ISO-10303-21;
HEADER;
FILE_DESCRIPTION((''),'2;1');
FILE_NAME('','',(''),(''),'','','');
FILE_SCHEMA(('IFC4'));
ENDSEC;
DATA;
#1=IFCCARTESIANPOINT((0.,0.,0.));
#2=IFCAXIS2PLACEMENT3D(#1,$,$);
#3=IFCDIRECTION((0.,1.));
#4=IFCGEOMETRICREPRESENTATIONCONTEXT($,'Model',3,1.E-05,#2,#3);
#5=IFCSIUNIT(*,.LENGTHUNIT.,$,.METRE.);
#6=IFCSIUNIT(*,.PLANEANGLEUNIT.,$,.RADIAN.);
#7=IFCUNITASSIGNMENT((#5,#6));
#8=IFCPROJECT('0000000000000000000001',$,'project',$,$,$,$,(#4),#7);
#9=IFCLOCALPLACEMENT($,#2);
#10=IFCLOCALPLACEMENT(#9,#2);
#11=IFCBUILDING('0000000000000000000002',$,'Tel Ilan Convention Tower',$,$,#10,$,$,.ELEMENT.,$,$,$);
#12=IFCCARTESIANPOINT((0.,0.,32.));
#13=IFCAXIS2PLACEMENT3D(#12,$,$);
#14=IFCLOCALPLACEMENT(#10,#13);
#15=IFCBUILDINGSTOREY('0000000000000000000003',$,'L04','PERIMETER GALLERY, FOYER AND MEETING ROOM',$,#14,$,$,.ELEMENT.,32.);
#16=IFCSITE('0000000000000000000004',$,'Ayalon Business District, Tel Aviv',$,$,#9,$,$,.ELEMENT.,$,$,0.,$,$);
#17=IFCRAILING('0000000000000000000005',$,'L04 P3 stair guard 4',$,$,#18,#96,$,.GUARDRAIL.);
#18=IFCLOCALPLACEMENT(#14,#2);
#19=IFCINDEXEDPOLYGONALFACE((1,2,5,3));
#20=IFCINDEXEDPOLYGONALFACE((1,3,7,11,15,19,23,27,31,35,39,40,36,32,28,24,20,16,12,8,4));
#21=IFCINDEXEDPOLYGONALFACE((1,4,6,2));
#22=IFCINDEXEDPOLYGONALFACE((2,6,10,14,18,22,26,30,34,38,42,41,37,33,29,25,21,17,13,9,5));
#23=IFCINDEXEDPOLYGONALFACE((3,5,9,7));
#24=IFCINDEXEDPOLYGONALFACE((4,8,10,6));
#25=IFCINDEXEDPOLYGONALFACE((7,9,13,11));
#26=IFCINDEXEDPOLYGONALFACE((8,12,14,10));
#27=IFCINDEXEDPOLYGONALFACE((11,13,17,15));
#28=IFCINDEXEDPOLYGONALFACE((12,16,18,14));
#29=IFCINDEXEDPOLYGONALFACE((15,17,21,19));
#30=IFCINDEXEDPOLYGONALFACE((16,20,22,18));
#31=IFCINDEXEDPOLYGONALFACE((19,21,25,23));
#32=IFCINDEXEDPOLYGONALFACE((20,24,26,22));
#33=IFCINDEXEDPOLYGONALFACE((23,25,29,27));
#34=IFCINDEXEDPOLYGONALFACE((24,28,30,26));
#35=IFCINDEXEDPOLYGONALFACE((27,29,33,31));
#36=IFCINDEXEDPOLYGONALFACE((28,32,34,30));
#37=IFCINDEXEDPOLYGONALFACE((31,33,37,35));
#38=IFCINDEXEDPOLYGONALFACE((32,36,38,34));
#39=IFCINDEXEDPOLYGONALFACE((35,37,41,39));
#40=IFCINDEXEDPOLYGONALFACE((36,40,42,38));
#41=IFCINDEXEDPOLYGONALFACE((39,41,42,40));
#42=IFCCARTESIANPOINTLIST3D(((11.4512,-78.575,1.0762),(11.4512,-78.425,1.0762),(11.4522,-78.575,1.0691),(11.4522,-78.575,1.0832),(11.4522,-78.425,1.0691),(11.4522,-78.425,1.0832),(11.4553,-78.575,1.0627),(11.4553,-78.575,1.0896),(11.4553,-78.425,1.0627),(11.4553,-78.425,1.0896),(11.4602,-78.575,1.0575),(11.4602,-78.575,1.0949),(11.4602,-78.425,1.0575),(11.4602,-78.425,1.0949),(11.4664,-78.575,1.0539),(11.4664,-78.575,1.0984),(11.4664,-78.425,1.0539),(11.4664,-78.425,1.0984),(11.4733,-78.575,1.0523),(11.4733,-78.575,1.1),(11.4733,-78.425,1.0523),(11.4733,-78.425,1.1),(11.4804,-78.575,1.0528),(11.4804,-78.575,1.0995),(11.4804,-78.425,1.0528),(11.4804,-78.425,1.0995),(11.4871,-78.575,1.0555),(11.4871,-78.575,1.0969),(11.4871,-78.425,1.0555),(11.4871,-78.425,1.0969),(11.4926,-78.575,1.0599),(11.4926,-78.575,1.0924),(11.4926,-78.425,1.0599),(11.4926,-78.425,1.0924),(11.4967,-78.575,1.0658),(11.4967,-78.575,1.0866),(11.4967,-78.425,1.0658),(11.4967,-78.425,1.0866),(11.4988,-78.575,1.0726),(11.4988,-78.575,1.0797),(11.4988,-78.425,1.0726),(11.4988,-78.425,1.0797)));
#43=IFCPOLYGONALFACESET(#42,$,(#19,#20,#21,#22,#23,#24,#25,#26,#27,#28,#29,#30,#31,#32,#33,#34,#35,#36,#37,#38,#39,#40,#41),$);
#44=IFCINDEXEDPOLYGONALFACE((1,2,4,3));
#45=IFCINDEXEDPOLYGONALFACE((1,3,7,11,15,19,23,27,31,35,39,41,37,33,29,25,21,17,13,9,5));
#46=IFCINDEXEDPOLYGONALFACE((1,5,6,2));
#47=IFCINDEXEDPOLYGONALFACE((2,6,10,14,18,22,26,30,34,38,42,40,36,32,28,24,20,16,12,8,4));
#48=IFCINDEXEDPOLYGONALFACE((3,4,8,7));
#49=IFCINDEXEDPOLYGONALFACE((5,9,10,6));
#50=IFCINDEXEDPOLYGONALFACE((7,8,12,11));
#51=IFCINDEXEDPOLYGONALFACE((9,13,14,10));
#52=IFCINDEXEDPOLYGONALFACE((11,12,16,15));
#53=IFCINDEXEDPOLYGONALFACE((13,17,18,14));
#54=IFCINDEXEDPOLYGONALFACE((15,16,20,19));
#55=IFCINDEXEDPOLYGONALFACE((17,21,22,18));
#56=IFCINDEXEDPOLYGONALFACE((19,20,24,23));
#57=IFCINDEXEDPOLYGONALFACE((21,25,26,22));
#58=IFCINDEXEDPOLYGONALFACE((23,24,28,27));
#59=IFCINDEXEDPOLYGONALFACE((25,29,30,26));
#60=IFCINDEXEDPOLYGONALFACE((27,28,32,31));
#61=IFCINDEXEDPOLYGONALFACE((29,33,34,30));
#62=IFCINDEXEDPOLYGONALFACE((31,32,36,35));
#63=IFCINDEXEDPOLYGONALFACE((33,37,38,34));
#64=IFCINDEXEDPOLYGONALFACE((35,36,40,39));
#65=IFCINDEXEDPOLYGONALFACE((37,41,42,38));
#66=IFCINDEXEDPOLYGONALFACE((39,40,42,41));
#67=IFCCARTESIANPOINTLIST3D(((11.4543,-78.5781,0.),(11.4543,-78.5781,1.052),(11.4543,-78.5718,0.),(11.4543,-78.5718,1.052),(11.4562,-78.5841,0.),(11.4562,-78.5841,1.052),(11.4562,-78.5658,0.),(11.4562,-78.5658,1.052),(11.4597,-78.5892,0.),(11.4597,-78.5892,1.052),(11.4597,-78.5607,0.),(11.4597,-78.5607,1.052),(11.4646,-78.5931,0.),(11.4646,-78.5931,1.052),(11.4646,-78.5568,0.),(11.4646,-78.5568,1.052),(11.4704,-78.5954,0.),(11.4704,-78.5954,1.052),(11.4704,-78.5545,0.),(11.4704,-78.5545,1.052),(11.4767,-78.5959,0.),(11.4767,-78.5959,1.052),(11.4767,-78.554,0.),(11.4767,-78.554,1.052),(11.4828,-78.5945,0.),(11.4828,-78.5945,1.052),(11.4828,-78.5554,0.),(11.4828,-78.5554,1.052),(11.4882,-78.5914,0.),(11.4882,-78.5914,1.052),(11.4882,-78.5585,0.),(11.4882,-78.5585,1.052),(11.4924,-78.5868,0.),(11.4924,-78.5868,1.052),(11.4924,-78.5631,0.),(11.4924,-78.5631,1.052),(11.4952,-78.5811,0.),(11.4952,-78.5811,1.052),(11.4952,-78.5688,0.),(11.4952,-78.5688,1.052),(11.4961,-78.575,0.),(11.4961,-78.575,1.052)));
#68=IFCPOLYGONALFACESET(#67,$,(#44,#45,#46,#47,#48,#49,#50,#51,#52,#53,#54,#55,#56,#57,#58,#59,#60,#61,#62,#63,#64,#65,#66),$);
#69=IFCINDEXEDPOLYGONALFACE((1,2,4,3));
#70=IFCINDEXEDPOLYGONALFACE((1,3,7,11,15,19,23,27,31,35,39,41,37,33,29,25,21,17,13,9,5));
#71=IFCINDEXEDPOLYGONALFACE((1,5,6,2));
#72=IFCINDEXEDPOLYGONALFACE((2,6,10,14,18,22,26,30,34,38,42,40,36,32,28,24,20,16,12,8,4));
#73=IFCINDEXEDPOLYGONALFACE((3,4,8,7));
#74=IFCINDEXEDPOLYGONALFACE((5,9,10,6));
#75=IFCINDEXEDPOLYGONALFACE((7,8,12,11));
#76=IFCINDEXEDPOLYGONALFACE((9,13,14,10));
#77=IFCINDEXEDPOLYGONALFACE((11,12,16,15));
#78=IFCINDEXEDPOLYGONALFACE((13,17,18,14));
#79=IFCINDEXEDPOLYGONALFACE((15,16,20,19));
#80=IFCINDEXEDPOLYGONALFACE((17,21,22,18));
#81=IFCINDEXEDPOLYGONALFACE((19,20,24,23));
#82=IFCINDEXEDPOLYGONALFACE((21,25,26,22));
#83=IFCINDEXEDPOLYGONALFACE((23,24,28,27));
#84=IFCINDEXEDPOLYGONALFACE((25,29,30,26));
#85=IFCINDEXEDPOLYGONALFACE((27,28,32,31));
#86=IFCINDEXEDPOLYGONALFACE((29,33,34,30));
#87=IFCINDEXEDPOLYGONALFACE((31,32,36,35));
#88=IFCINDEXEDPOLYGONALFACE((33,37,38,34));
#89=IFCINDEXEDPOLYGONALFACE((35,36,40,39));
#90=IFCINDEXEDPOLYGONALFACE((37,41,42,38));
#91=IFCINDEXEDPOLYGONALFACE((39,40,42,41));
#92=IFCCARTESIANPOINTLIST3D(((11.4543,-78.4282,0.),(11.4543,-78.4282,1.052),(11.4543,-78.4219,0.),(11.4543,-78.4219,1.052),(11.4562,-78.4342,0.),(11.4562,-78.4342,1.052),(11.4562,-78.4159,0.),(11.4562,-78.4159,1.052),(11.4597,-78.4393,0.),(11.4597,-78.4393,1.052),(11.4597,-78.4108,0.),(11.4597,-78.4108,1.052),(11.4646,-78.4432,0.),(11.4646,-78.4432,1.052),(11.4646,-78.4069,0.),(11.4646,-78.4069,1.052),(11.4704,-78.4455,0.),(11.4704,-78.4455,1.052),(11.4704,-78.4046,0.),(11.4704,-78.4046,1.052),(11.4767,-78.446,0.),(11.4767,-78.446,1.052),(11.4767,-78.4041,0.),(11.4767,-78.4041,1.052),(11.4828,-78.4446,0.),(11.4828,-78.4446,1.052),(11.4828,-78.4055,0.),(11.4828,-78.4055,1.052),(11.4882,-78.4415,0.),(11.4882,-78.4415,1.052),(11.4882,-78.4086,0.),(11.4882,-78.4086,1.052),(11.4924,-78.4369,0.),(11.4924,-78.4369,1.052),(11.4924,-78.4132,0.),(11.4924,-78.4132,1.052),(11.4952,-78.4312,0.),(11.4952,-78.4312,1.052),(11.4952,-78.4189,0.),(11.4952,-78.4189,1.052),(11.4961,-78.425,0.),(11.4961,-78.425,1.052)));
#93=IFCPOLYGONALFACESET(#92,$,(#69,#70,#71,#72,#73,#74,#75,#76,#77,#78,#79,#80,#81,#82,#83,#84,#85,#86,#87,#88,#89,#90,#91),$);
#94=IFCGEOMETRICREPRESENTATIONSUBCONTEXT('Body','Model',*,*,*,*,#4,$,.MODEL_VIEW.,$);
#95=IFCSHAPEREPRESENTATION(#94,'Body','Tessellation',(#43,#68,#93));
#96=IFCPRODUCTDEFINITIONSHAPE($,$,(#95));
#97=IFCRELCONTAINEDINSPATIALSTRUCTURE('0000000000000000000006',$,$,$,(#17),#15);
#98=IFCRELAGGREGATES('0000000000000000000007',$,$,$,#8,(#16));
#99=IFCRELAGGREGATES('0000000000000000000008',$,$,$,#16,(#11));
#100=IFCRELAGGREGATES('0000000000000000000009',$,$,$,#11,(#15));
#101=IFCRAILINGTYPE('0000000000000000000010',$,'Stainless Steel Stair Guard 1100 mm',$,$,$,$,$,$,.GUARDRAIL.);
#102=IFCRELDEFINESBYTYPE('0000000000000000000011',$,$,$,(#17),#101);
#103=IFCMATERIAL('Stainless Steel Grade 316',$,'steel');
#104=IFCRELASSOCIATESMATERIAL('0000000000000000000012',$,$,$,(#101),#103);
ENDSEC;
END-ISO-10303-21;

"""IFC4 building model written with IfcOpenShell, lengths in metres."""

from ifc_helpers import new_model, si_unit, direction, frame, origin, origin_2d, place, context, subcontext, project, spatial, circle, extrude, material, type_object, element, save


model = new_model("IFC4")

# Units and contexts
model_context = context("Model", 3, precision=1e-05, world=origin(), true_north=direction((0.0, 1.0)))
body_context = subcontext(model_context, "Body", "Model", "MODEL_VIEW")
ifc_project = project(units=[si_unit("LENGTHUNIT", "METRE"), si_unit("PLANEANGLEUNIT", "RADIAN")], contexts=[model_context])

# Site, building, storey
site_placement = place(None, origin())
site = spatial("IfcSite", under=ifc_project, at=site_placement, Name="Ayalon Business District, Tel Aviv", CompositionType="ELEMENT", RefElevation=0.0)
building_placement = place(site_placement, origin())
building = spatial("IfcBuilding", under=site, at=building_placement, Name="Tel Ilan Convention Tower", CompositionType="ELEMENT")
storey_placement = place(building_placement, frame((0.0, 0.0, 32.0)))
storey = spatial("IfcBuildingStorey", under=building, at=storey_placement, Name="L04", Description="PERIMETER GALLERY, FOYER AND MEETING ROOM", CompositionType="ELEMENT", Elevation=32.0)

# Railing
ifc_material_1 = material(Name="Stainless Steel Grade 316", Category="steel")
railing_type_1 = type_object("IfcRailingType", Name="Stainless Steel Stair Guard 1100 mm", PredefinedType="GUARDRAIL", material=ifc_material_1)
railing_1_placement = place(storey_placement, frame((11.4751, -78.575, 0.0)))
element("IfcRailing", 1, at=railing_1_placement, inside=storey, type_object=railing_type_1, Name="L04 P3 stair guard 4", PredefinedType="GUARDRAIL", context=body_context, shape_type="SweptSolid", body=[
    extrude(circle(Radius=0.0239, at=origin_2d()), frame((0.0, 0.0, 1.0762), z_axis=(0.0, 1.0, 0.0), x_axis=(-1.0, 0.0, 0.0)), (0.0, 0.0, 1.0), 0.1499),
    extrude(circle(Radius=0.021, at=origin_2d()), origin(), (0.0, 0.0, 1.0), 1.052),
    extrude(circle(Radius=0.021, at=origin_2d()), frame((0.0, 0.1499, 0.0)), (0.0, 0.0, 1.0), 1.052),
])

save(model, "model.ifc")
